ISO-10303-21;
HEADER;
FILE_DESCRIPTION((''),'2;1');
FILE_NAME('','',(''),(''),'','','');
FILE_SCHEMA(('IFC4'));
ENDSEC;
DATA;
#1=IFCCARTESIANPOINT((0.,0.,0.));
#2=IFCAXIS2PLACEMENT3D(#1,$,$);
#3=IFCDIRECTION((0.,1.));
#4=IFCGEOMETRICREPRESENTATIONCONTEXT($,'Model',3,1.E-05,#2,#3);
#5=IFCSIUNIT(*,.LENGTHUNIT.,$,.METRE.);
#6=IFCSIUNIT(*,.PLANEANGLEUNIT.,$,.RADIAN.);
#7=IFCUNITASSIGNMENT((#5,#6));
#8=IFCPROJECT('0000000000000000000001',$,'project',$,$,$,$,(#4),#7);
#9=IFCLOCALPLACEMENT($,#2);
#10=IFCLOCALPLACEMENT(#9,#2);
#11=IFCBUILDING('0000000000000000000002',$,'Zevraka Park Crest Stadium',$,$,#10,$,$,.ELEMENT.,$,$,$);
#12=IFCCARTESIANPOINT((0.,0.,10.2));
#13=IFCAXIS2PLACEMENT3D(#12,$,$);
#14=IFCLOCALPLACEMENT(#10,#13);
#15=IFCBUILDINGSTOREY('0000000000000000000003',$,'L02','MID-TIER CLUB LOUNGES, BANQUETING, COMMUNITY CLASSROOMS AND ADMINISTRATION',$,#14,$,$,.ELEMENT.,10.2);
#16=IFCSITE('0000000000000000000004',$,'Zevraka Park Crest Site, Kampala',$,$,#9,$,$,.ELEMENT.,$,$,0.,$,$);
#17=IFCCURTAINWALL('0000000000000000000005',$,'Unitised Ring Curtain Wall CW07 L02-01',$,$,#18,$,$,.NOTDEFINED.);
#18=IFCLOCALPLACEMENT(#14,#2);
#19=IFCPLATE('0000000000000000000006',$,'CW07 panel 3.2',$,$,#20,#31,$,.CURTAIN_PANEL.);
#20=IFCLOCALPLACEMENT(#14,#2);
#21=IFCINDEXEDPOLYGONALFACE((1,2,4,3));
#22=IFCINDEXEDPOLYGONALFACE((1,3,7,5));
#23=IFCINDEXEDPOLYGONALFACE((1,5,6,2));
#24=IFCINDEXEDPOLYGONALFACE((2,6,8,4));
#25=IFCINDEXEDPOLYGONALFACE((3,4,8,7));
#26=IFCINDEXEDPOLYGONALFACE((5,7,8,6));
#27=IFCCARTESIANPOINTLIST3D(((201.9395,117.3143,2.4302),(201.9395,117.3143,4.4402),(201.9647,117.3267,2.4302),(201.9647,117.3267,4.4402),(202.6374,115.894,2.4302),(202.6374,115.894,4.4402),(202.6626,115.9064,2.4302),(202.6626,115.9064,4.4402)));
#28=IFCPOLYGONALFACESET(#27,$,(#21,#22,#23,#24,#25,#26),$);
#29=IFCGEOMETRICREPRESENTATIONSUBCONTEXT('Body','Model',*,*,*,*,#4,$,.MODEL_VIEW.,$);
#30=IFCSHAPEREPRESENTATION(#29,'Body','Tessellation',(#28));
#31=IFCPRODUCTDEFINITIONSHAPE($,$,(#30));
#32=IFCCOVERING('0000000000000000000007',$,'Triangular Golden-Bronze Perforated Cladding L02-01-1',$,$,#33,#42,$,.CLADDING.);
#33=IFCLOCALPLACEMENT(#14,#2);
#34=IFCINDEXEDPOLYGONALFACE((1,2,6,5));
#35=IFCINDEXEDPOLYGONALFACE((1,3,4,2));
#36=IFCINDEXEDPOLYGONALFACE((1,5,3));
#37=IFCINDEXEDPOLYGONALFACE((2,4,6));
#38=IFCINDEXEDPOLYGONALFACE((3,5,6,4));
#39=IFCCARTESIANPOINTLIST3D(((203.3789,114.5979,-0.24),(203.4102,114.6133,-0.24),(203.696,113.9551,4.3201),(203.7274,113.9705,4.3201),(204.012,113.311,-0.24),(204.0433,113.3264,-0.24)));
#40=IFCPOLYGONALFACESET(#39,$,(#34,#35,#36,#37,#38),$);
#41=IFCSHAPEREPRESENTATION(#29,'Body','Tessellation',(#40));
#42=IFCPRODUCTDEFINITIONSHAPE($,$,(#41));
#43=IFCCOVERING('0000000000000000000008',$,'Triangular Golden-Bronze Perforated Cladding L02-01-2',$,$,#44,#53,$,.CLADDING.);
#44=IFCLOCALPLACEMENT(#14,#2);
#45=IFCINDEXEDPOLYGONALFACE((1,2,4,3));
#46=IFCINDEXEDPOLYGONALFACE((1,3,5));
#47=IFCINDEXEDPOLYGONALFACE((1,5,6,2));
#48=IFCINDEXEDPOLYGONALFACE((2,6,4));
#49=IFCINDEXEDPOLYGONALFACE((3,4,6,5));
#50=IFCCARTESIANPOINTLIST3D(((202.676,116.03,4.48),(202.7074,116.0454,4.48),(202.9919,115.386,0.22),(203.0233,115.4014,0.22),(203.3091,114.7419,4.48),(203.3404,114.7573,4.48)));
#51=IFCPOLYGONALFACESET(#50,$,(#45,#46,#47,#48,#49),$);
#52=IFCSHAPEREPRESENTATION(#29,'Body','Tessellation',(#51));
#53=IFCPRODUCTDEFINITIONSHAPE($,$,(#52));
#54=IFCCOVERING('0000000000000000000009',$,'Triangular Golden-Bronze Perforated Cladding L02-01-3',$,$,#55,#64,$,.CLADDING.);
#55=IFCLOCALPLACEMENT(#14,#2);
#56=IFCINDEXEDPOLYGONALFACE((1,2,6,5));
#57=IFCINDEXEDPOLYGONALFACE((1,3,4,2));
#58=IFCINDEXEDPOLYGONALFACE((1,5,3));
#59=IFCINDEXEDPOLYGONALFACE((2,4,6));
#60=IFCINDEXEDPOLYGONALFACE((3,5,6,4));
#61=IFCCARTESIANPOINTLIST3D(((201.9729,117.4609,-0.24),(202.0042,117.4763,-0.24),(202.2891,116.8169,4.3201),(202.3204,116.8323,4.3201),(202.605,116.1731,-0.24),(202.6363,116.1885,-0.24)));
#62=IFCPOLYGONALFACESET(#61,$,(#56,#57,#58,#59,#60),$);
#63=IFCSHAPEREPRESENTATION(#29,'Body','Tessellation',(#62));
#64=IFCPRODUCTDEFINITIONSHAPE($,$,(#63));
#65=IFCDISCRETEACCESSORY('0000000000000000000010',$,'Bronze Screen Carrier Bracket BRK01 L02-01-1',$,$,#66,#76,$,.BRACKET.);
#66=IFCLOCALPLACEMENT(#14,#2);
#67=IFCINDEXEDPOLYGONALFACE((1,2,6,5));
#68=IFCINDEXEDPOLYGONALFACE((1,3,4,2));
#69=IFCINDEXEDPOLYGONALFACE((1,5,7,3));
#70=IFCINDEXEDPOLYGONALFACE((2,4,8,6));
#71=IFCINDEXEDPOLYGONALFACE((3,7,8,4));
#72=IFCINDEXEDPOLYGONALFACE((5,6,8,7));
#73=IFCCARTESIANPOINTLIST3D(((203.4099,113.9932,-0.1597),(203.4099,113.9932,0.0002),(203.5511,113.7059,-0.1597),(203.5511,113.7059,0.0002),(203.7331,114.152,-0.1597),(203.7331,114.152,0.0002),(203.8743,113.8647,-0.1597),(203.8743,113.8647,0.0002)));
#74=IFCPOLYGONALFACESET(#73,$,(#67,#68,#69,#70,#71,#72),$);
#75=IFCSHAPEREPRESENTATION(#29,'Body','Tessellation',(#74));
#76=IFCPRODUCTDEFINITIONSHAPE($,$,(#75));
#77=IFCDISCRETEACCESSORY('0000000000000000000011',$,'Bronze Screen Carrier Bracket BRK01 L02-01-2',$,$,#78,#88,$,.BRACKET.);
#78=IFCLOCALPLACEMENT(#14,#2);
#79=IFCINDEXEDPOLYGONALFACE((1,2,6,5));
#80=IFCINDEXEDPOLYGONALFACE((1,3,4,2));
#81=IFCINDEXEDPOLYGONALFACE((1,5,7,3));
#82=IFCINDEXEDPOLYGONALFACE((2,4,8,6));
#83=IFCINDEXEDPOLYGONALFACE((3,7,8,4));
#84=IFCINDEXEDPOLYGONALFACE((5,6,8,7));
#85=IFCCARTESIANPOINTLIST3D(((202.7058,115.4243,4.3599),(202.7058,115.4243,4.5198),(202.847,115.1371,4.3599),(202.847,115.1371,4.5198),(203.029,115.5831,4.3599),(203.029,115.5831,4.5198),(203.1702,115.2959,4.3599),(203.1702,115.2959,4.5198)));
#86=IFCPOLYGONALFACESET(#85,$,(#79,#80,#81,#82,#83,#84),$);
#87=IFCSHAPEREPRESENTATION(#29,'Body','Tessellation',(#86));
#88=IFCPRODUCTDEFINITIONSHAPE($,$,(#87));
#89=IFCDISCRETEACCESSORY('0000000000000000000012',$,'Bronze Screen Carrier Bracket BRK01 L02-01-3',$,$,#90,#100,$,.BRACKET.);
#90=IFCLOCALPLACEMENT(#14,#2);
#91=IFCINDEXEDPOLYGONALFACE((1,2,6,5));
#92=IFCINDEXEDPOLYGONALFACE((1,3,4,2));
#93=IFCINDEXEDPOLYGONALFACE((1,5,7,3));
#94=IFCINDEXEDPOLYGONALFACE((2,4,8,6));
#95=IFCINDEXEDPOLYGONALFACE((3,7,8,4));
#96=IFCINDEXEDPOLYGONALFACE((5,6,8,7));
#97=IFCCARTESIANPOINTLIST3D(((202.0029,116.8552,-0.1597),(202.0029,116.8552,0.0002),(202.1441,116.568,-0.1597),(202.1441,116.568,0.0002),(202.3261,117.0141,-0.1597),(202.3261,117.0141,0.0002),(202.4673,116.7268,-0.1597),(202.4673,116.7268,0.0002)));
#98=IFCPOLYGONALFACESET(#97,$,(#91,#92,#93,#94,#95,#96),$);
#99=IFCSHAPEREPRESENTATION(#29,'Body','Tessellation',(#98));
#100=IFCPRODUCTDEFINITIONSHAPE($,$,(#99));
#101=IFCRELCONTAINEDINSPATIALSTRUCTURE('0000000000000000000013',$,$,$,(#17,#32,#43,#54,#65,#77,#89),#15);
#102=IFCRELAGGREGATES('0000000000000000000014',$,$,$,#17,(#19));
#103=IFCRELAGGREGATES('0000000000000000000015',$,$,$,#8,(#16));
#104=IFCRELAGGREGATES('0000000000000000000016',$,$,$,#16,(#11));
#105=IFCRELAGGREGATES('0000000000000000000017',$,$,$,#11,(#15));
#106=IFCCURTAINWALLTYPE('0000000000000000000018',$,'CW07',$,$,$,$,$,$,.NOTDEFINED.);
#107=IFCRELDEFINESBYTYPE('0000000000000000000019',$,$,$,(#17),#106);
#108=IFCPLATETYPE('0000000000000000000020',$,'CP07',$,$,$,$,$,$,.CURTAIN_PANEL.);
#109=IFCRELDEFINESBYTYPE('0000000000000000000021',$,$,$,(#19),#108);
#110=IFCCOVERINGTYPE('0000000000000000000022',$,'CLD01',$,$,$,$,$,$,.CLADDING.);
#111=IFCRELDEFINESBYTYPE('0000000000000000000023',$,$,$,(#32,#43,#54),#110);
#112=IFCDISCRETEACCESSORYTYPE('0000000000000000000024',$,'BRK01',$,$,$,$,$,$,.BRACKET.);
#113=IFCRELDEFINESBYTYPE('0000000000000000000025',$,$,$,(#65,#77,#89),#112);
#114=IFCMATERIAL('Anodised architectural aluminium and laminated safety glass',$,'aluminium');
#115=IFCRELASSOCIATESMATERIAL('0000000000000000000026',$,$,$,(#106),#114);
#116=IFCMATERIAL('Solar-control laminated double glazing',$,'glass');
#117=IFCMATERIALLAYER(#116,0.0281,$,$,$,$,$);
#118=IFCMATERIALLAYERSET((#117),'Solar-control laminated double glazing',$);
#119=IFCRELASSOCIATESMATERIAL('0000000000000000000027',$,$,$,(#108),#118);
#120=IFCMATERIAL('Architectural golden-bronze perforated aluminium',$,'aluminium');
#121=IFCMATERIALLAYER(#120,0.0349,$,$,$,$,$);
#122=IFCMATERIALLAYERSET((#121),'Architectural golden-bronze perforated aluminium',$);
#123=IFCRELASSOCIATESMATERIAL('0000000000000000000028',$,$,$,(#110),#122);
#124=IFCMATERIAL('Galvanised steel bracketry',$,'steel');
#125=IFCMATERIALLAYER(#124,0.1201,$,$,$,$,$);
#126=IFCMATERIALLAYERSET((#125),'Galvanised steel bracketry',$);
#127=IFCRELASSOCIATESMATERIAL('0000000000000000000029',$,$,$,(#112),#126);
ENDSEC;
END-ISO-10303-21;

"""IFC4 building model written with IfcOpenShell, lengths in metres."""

from ifc_helpers import new_model, si_unit, direction, frame, origin, origin_2d, place, context, subcontext, project, spatial, polyline, rectangle, outline, extrude, material, layer, layer_set, type_object, element, aggregate, save


model = new_model("IFC4")

# Units and contexts
model_context = context("Model", 3, precision=1e-05, world=origin(), true_north=direction((0.0, 1.0)))
body_context = subcontext(model_context, "Body", "Model", "MODEL_VIEW")
ifc_project = project(units=[si_unit("LENGTHUNIT", "METRE"), si_unit("PLANEANGLEUNIT", "RADIAN")], contexts=[model_context])

# Site, building, storey
site_placement = place(None, origin())
site = spatial("IfcSite", under=ifc_project, at=site_placement, Name="Zevraka Park Crest Site, Kampala", CompositionType="ELEMENT", RefElevation=0.0)
building_placement = place(site_placement, origin())
building = spatial("IfcBuilding", under=site, at=building_placement, Name="Zevraka Park Crest Stadium", CompositionType="ELEMENT")
storey_placement = place(building_placement, frame((0.0, 0.0, 10.2)))
storey = spatial("IfcBuildingStorey", under=building, at=storey_placement, Name="L02", Description="MID-TIER CLUB LOUNGES, BANQUETING, COMMUNITY CLASSROOMS AND ADMINISTRATION", CompositionType="ELEMENT", Elevation=10.2)

# Curtain wall, plate
ifc_material_1 = material(Name="Anodised architectural aluminium and laminated safety glass", Category="aluminium")
curtain_wall_type = type_object("IfcCurtainWallType", Name="CW07", PredefinedType="NOTDEFINED", material=ifc_material_1)
curtain_wall_placement = place(storey_placement, origin())
curtain_wall = element("IfcCurtainWall", 1, at=curtain_wall_placement, inside=storey, type_object=curtain_wall_type, Name="Unitised Ring Curtain Wall CW07 L02-01", PredefinedType="NOTDEFINED")
ifc_material_2 = material(Name="Solar-control laminated double glazing", Category="glass")
ifc_layer_1 = layer(ifc_material_2, 0.0281)
ifc_layer_set_1 = layer_set([ifc_layer_1], Name="Solar-control laminated double glazing")
plate_type = type_object("IfcPlateType", Name="CP07", PredefinedType="CURTAIN_PANEL", material=ifc_layer_set_1)
plate_1_placement = place(storey_placement, frame((202.301, 116.6104, 2.4302), z_axis=(0.0, 0.0, 1.0), x_axis=(-0.441021, 0.897497, 0.0)))
plate_1 = element("IfcPlate", 2, at=plate_1_placement, type_object=plate_type, Name="CW07 panel 3.2", PredefinedType="CURTAIN_PANEL", context=body_context, shape_type="SweptSolid", body=[
    extrude(rectangle(XDim=1.5825, YDim=0.0281, at=origin_2d()), origin(), (0.0, 0.0, 1.0), 2.01),
])
aggregate(curtain_wall, [plate_1])

# Coverings
ifc_material_3 = material(Name="Architectural golden-bronze perforated aluminium", Category="aluminium")
ifc_layer_2 = layer(ifc_material_3, 0.0349)
ifc_layer_set_2 = layer_set([ifc_layer_2], Name="Architectural golden-bronze perforated aluminium")
covering_type = type_object("IfcCoveringType", Name="CLD01", PredefinedType="CLADDING", material=ifc_layer_set_2)
covering_1_placement = place(storey_placement, frame((204.012, 113.311, -0.24), z_axis=(-0.897302, -0.441416, 0.000179), x_axis=(-0.441416, 0.897302, 0.0)))
element("IfcCovering", 3, at=covering_1_placement, inside=storey, type_object=covering_type, Name="Triangular Golden-Bronze Perforated Cladding L02-01-1", PredefinedType="CLADDING", context=body_context, shape_type="SweptSolid", body=[
    extrude(outline(polyline([(0.0, 0.0), (1.4341, 0.0), (0.7174, -4.5601), (0.0, 0.0)])), origin(), (0.0, 0.0, -1.0), 0.0349),
])
covering_2_placement = place(storey_placement, frame((202.676, 116.03, 4.48), z_axis=(-0.897468, -0.441079, 0.000129), x_axis=(0.441079, -0.897468, 0.0)))
element("IfcCovering", 4, at=covering_2_placement, inside=storey, type_object=covering_type, Name="Triangular Golden-Bronze Perforated Cladding L02-01-2", PredefinedType="CLADDING", context=body_context, shape_type="SweptSolid", body=[
    extrude(outline(polyline([(0.0, 0.0), (1.4352, 0.0), (0.7174, -4.26), (0.0, 0.0)])), origin(), (0.0, 0.0, -1.0), 0.0349),
])
covering_3_placement = place(storey_placement, frame((202.605, 116.1731, -0.24), z_axis=(-0.897704, -0.440598, 0.000012), x_axis=(-0.440598, 0.897704, 0.0)))
element("IfcCovering", 5, at=covering_3_placement, inside=storey, type_object=covering_type, Name="Triangular Golden-Bronze Perforated Cladding L02-01-3", PredefinedType="CLADDING", context=body_context, shape_type="SweptSolid", body=[
    extrude(outline(polyline([(0.0, 0.0), (1.4346, 0.0), (0.7171, -4.5601), (0.0, 0.0)])), origin(), (0.0, 0.0, -1.0), 0.0349),
])

# Discrete accessories
ifc_material_4 = material(Name="Galvanised steel bracketry", Category="steel")
ifc_layer_3 = layer(ifc_material_4, 0.1201)
ifc_layer_set_3 = layer_set([ifc_layer_3], Name="Galvanised steel bracketry")
discrete_accessory_type = type_object("IfcDiscreteAccessoryType", Name="BRK01", PredefinedType="BRACKET", material=ifc_layer_set_3)
for number, where, z_axis, x_axis, name in (
    (6, (203.6421, 113.929, -0.1597), (0.0, 0.0, 1.0), (-0.441036, 0.897489, 0.0), "Bronze Screen Carrier Bracket BRK01 L02-01-1"),
    (7, (202.938, 115.3601, 4.3599), (0.0, 0.0, 1.0), (-0.441036, 0.897489, 0.0), "Bronze Screen Carrier Bracket BRK01 L02-01-2"),
    (8, (202.2351, 116.791, -0.1597), (0.0, 0.0, 1.0), (-0.441036, 0.897489, 0.0), "Bronze Screen Carrier Bracket BRK01 L02-01-3"),
):
    element("IfcDiscreteAccessory", number, at=place(storey_placement, frame(where, z_axis=z_axis, x_axis=x_axis)), inside=storey, type_object=discrete_accessory_type, Name=name, PredefinedType="BRACKET", context=body_context, shape_type="SweptSolid", body=[
        extrude(rectangle(XDim=0.3201, YDim=0.3601, at=origin_2d()), origin(), (0.0, 0.0, 1.0), 0.1599),
    ])

save(model, "model.ifc")
